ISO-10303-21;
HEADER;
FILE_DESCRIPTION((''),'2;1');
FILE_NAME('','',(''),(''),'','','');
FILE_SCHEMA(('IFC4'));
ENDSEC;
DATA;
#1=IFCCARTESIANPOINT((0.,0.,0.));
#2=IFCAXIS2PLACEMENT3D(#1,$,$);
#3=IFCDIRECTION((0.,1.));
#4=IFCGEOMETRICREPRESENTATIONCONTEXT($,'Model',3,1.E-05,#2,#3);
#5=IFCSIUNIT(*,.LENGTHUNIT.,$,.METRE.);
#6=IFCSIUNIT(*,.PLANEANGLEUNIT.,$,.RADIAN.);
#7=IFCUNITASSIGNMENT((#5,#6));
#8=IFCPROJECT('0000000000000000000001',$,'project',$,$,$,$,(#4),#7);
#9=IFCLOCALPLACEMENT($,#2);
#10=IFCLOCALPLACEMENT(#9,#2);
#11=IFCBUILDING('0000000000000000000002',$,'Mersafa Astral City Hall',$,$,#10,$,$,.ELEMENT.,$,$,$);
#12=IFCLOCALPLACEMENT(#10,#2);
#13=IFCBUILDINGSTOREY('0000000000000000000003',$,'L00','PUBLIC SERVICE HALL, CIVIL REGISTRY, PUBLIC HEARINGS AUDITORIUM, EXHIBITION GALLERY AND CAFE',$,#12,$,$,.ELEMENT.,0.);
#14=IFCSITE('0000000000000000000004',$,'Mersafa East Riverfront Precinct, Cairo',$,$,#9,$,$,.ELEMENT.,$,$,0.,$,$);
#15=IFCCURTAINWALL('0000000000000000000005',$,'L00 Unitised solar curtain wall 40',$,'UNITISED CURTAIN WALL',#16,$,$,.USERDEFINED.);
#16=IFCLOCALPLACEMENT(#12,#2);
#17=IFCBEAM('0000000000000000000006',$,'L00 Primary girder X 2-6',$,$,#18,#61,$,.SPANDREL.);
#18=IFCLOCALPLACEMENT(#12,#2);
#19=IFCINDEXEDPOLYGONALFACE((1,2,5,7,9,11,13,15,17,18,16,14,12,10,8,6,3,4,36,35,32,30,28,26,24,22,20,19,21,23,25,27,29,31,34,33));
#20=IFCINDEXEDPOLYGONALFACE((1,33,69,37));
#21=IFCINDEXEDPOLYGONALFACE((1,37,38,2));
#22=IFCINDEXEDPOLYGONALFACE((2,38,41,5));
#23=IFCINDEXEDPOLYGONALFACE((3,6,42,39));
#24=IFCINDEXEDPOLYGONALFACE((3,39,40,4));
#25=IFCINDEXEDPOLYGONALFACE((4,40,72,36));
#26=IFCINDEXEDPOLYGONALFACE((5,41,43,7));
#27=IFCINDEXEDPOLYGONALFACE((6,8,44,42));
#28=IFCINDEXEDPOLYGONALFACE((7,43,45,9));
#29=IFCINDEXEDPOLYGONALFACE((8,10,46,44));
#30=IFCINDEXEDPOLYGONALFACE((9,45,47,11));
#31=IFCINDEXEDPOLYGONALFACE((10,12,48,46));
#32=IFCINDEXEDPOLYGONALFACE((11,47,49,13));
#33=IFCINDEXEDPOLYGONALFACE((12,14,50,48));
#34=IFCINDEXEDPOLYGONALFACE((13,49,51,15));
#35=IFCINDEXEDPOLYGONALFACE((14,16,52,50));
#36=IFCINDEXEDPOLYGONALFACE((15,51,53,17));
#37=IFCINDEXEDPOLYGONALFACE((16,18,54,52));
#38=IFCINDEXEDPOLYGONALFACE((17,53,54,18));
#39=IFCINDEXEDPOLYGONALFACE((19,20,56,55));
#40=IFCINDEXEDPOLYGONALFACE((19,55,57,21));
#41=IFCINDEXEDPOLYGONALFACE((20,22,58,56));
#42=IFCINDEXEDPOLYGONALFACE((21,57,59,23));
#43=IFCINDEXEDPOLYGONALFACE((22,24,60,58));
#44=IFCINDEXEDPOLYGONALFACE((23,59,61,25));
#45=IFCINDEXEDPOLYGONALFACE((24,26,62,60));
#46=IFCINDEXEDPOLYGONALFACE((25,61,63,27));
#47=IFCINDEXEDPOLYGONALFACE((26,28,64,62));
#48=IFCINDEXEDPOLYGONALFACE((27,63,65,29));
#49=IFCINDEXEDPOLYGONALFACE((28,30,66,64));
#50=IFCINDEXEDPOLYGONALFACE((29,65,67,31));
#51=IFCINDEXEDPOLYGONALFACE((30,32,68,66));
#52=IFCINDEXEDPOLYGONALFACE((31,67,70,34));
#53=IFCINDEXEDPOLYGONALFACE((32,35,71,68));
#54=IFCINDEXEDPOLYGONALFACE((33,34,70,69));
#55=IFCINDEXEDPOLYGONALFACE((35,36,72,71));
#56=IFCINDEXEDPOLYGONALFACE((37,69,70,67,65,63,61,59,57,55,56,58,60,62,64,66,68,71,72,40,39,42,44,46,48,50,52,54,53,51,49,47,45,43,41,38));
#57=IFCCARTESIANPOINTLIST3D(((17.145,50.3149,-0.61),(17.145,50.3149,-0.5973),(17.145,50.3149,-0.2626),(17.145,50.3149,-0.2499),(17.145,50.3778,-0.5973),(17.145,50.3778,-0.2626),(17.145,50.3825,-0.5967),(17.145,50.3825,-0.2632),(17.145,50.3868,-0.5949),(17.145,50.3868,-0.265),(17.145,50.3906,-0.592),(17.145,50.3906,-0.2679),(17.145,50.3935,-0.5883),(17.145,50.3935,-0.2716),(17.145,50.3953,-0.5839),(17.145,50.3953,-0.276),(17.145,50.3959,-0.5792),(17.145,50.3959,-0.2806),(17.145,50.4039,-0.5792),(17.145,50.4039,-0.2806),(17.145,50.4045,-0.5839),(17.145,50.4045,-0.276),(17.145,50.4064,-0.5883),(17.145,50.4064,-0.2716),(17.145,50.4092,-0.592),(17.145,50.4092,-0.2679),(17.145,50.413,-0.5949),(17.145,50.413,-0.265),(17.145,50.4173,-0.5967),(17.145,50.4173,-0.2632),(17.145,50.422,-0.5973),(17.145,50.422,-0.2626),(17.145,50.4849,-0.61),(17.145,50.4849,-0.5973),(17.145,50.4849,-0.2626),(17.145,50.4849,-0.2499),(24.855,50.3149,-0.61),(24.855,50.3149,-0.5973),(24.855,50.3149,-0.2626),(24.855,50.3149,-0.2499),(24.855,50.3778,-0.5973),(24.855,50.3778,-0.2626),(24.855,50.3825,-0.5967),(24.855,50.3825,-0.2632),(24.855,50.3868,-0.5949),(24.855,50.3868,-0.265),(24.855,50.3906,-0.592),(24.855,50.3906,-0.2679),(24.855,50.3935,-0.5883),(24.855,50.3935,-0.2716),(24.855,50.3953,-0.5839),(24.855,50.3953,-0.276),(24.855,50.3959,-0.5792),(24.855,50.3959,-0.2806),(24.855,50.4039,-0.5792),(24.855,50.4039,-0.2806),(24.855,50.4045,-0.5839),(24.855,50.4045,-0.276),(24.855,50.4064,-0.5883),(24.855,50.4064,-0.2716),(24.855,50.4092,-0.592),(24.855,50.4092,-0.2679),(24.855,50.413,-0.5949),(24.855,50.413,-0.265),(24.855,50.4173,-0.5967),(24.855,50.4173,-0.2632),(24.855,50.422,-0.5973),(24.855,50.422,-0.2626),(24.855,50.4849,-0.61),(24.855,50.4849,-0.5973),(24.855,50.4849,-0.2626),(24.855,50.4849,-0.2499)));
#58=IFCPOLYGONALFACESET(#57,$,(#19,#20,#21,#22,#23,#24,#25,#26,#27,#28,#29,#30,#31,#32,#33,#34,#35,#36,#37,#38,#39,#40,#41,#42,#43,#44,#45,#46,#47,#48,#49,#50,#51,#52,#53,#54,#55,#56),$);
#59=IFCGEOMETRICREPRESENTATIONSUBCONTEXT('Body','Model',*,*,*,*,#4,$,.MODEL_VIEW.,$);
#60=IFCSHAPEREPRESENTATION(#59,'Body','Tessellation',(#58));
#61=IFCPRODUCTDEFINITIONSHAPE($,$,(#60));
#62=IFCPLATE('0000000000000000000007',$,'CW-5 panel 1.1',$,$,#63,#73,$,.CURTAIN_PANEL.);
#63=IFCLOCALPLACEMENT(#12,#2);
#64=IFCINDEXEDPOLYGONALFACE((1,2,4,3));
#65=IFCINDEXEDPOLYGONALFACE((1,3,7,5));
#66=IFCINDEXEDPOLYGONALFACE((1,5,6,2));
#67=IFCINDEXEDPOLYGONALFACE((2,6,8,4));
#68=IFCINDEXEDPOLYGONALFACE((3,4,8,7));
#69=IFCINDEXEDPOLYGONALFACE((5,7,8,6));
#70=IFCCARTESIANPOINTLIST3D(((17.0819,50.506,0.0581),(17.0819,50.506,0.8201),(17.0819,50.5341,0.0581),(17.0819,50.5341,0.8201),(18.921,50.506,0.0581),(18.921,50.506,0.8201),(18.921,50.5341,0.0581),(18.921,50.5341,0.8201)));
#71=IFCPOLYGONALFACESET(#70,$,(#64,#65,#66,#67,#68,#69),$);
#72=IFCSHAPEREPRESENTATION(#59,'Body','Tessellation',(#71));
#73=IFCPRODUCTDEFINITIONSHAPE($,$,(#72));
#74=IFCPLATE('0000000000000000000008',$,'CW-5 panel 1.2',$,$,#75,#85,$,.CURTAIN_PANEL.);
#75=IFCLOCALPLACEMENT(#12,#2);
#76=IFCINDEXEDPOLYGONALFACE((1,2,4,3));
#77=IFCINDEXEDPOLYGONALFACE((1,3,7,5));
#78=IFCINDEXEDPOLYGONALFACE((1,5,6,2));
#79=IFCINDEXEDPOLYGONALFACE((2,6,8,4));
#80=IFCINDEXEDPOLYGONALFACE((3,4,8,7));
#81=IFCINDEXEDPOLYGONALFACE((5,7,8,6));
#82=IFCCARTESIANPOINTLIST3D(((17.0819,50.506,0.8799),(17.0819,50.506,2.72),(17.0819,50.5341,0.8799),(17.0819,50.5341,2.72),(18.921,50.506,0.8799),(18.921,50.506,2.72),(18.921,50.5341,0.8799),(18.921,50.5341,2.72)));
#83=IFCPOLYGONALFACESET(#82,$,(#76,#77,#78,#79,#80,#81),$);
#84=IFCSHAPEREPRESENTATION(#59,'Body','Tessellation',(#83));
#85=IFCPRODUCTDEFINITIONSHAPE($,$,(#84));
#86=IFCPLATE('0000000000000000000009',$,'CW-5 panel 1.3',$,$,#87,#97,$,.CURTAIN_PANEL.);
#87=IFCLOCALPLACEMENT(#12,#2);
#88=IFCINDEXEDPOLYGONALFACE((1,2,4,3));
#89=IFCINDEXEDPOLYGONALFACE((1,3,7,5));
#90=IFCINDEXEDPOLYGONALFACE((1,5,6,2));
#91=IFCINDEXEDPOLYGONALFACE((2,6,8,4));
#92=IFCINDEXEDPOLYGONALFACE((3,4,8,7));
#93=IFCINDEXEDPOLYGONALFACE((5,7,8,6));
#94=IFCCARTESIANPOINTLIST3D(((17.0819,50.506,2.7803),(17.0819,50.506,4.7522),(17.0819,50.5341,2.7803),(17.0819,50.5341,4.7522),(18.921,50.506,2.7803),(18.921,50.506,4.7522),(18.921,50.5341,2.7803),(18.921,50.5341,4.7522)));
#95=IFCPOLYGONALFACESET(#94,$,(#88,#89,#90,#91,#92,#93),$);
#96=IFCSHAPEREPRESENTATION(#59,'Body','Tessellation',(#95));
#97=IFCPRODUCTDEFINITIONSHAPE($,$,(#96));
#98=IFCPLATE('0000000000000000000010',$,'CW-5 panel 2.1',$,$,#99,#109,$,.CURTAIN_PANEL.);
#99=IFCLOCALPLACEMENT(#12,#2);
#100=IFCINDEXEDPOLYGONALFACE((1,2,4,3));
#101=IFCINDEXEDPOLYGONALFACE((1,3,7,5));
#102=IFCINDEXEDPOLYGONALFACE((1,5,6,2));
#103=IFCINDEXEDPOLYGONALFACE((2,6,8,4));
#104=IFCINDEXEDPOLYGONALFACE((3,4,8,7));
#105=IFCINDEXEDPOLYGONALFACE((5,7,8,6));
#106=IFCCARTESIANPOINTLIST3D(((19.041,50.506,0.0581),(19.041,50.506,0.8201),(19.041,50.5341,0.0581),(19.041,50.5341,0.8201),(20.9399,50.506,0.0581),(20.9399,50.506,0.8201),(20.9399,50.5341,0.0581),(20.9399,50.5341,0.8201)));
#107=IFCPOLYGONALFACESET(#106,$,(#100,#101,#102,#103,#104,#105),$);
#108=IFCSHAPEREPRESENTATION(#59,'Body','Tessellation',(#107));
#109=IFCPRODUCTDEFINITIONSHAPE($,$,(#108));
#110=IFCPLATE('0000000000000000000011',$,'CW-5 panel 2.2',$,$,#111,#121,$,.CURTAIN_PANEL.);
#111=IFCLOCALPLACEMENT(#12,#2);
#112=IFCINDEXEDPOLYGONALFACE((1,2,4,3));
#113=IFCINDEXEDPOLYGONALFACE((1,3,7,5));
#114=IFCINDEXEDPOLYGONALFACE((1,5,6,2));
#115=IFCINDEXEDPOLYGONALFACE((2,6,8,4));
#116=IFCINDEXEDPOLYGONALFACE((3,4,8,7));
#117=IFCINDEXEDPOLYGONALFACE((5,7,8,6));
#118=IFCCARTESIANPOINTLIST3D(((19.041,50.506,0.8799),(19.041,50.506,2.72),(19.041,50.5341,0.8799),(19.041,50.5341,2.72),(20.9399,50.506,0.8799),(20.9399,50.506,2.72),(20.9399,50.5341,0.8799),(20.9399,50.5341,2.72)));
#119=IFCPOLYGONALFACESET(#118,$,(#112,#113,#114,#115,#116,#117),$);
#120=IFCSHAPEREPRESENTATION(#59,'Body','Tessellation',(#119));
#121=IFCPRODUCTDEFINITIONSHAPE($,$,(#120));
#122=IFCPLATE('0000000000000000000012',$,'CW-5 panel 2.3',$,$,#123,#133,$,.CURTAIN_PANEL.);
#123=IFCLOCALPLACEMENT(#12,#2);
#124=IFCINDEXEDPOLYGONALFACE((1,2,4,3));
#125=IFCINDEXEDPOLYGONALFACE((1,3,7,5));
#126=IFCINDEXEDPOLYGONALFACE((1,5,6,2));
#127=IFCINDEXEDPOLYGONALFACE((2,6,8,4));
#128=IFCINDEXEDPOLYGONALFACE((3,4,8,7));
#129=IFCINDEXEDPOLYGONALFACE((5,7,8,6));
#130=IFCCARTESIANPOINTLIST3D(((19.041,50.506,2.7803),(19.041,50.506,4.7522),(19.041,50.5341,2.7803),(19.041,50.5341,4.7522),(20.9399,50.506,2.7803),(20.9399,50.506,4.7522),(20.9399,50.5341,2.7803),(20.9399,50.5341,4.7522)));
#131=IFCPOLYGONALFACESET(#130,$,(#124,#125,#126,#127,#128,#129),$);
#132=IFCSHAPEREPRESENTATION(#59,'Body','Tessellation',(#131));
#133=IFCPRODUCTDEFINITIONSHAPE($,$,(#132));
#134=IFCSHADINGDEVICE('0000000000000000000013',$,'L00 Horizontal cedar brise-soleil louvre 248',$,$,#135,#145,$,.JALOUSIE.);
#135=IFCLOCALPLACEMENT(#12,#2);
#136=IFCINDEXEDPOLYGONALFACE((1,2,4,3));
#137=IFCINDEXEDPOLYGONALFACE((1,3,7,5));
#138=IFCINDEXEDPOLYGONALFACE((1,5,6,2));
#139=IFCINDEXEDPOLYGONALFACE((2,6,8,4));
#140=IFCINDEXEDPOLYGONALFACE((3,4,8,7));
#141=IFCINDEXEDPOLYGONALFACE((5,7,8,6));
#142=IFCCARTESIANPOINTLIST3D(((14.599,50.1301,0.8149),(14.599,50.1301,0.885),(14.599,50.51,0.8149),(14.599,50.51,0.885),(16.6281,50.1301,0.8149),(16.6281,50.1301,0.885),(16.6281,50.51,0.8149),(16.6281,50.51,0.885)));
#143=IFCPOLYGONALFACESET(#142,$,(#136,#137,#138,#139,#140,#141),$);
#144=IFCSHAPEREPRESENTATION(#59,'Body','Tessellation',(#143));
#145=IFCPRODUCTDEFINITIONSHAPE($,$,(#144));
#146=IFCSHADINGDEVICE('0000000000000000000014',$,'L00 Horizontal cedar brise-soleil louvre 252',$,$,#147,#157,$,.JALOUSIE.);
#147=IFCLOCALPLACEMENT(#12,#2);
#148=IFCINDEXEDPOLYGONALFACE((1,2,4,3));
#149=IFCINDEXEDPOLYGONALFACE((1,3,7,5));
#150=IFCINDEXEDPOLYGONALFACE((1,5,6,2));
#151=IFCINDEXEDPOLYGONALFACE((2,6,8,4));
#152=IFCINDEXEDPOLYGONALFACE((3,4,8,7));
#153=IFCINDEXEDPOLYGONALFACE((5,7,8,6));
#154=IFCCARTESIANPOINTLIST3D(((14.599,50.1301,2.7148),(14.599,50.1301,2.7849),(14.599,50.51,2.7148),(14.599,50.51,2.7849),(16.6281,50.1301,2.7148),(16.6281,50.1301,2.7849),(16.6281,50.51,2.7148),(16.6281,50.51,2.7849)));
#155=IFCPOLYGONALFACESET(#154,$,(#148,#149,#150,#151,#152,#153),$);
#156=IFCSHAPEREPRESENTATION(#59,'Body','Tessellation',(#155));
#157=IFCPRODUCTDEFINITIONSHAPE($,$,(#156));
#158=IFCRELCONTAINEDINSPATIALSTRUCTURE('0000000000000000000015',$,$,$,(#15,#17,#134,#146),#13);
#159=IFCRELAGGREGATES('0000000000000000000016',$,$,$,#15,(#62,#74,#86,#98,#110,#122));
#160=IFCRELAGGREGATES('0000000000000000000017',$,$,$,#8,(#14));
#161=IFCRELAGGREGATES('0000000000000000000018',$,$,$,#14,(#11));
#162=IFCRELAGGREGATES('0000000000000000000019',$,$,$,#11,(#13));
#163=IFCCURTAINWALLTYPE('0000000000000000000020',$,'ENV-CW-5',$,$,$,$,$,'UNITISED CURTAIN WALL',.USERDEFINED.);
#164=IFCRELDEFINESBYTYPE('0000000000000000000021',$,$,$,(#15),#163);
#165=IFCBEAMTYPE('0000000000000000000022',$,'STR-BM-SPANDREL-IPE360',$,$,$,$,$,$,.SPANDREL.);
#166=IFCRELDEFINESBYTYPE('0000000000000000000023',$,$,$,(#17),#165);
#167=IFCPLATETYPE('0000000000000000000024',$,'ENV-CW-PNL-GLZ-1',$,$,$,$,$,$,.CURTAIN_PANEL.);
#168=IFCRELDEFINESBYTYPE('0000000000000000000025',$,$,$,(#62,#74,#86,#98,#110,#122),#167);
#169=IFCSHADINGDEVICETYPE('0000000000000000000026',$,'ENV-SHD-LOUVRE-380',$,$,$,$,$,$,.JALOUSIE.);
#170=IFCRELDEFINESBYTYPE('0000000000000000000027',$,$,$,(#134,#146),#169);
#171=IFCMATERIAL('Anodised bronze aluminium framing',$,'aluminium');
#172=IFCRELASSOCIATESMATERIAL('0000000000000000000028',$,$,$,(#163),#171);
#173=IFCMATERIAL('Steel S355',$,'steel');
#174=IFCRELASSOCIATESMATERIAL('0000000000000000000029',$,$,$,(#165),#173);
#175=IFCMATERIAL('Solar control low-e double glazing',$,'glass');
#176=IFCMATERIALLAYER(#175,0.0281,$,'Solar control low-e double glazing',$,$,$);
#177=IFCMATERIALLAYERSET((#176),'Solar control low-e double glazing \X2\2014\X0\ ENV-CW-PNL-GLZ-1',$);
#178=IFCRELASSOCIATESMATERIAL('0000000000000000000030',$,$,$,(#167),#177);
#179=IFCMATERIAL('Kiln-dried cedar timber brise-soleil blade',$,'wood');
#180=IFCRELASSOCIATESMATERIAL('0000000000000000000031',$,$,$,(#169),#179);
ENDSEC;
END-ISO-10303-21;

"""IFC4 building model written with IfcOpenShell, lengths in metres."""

from ifc_helpers import new_model, si_unit, direction, frame, origin, origin_2d, place, context, subcontext, project, spatial, rectangle, i_section, extrude, material, layer, layer_set, material_profile, profile_set, type_object, element, aggregate, save


model = new_model("IFC4")

# Units and contexts
model_context = context("Model", 3, precision=1e-05, world=origin(), true_north=direction((0.0, 1.0)))
body_context = subcontext(model_context, "Body", "Model", "MODEL_VIEW")
ifc_project = project(units=[si_unit("LENGTHUNIT", "METRE"), si_unit("PLANEANGLEUNIT", "RADIAN")], contexts=[model_context])

# Site, building, storey
site_placement = place(None, origin())
site = spatial("IfcSite", under=ifc_project, at=site_placement, Name="Mersafa East Riverfront Precinct, Cairo", CompositionType="ELEMENT", RefElevation=0.0)
building_placement = place(site_placement, origin())
building = spatial("IfcBuilding", under=site, at=building_placement, Name="Mersafa Astral City Hall", CompositionType="ELEMENT")
storey_placement = place(building_placement, origin())
storey = spatial("IfcBuildingStorey", under=building, at=storey_placement, Name="L00", Description="PUBLIC SERVICE HALL, CIVIL REGISTRY, PUBLIC HEARINGS AUDITORIUM, EXHIBITION GALLERY AND CAFE", CompositionType="ELEMENT", Elevation=0.0)

# Shared definitions
ifc_material_1 = material(Name="Steel S355", Category="steel")

# Shared definitions
ifc_material_2 = material(Name="Anodised bronze aluminium framing", Category="aluminium")

# Curtain wall
curtain_wall_type_1 = type_object("IfcCurtainWallType", Name="ENV-CW-5", ElementType="UNITISED CURTAIN WALL", PredefinedType="USERDEFINED", material=ifc_material_2)
curtain_wall_1_placement = place(storey_placement, origin())
curtain_wall_1 = element("IfcCurtainWall", 1, at=curtain_wall_1_placement, inside=storey, type_object=curtain_wall_type_1, Name="L00 Unitised solar curtain wall 40", ObjectType="UNITISED CURTAIN WALL", PredefinedType="USERDEFINED")

# Beam
ifc_material_profile_1 = material_profile(ifc_material_1, i_section(OverallWidth=0.1699, OverallDepth=0.3601, WebThickness=0.0081, FlangeThickness=0.0127, FilletRadius=0.0181, at=origin_2d()), Name="IPE 360")
ifc_profile_set_1 = profile_set([ifc_material_profile_1], Name="Steel S355")
beam_type_1 = type_object("IfcBeamType", Name="STR-BM-SPANDREL-IPE360", PredefinedType="SPANDREL", material=ifc_profile_set_1)
beam_placement = place(storey_placement, frame((17.145, 50.3999, -0.4299), z_axis=(1.0, 0.0, 0.0), x_axis=(0.0, 1.0, 0.0)))
element("IfcBeam", 2, at=beam_placement, inside=storey, type_object=beam_type_1, Name="L00 Primary girder X 2-6", PredefinedType="SPANDREL", context=body_context, shape_type="SweptSolid", body=[
    extrude(i_section(OverallWidth=0.1699, OverallDepth=0.3601, WebThickness=0.0081, FlangeThickness=0.0127, FilletRadius=0.0181, at=origin_2d()), origin(), (0.0, 0.0, 1.0), 7.71),
])

# Plates
ifc_material_3 = material(Name="Solar control low-e double glazing", Category="glass")
ifc_layer = layer(ifc_material_3, 0.0281, Name="Solar control low-e double glazing")
ifc_layer_set = layer_set([ifc_layer], Name="Solar control low-e double glazing — ENV-CW-PNL-GLZ-1")
plate_type = type_object("IfcPlateType", Name="ENV-CW-PNL-GLZ-1", PredefinedType="CURTAIN_PANEL", material=ifc_layer_set)
plate_1_placement = place(storey_placement, frame((18.0015, 50.52, 0.0581), z_axis=(0.0, 0.0, 1.0), x_axis=(1.0, 0.0, 0.0)))
plate_1 = element("IfcPlate", 3, at=plate_1_placement, type_object=plate_type, Name="CW-5 panel 1.1", PredefinedType="CURTAIN_PANEL", context=body_context, shape_type="SweptSolid", body=[
    extrude(rectangle(XDim=1.8391, YDim=0.0281, at=origin_2d()), origin(), (0.0, 0.0, 1.0), 0.762),
])
plate_2_placement = place(storey_placement, frame((18.0015, 50.52, 0.8799), z_axis=(0.0, 0.0, 1.0), x_axis=(1.0, 0.0, 0.0)))
plate_2 = element("IfcPlate", 4, at=plate_2_placement, type_object=plate_type, Name="CW-5 panel 1.2", PredefinedType="CURTAIN_PANEL", context=body_context, shape_type="SweptSolid", body=[
    extrude(rectangle(XDim=1.8391, YDim=0.0281, at=origin_2d()), origin(), (0.0, 0.0, 1.0), 1.8401),
])
plate_3_placement = place(storey_placement, frame((18.0015, 50.52, 2.7803), z_axis=(0.0, 0.0, 1.0), x_axis=(1.0, 0.0, 0.0)))
plate_3 = element("IfcPlate", 5, at=plate_3_placement, type_object=plate_type, Name="CW-5 panel 1.3", PredefinedType="CURTAIN_PANEL", context=body_context, shape_type="SweptSolid", body=[
    extrude(rectangle(XDim=1.8391, YDim=0.0281, at=origin_2d()), origin(), (0.0, 0.0, 1.0), 1.9719),
])
plate_4_placement = place(storey_placement, frame((19.9905, 50.52, 0.0581), z_axis=(0.0, 0.0, 1.0), x_axis=(1.0, 0.0, 0.0)))
plate_4 = element("IfcPlate", 6, at=plate_4_placement, type_object=plate_type, Name="CW-5 panel 2.1", PredefinedType="CURTAIN_PANEL", context=body_context, shape_type="SweptSolid", body=[
    extrude(rectangle(XDim=1.8989, YDim=0.0281, at=origin_2d()), origin(), (0.0, 0.0, 1.0), 0.762),
])
plate_5_placement = place(storey_placement, frame((19.9905, 50.52, 0.8799), z_axis=(0.0, 0.0, 1.0), x_axis=(1.0, 0.0, 0.0)))
plate_5 = element("IfcPlate", 7, at=plate_5_placement, type_object=plate_type, Name="CW-5 panel 2.2", PredefinedType="CURTAIN_PANEL", context=body_context, shape_type="SweptSolid", body=[
    extrude(rectangle(XDim=1.8989, YDim=0.0281, at=origin_2d()), origin(), (0.0, 0.0, 1.0), 1.8401),
])
plate_6_placement = place(storey_placement, frame((19.9905, 50.52, 2.7803), z_axis=(0.0, 0.0, 1.0), x_axis=(1.0, 0.0, 0.0)))
plate_6 = element("IfcPlate", 8, at=plate_6_placement, type_object=plate_type, Name="CW-5 panel 2.3", PredefinedType="CURTAIN_PANEL", context=body_context, shape_type="SweptSolid", body=[
    extrude(rectangle(XDim=1.8989, YDim=0.0281, at=origin_2d()), origin(), (0.0, 0.0, 1.0), 1.9719),
])
aggregate(curtain_wall_1, [plate_1, plate_2, plate_3, plate_4, plate_5, plate_6])

# Shading devices
ifc_material_4 = material(Name="Kiln-dried cedar timber brise-soleil blade", Category="wood")
shading_device_type = type_object("IfcShadingDeviceType", Name="ENV-SHD-LOUVRE-380", PredefinedType="JALOUSIE", material=ifc_material_4)
for number, where, z_axis, x_axis, name in (
    (9, (15.6135, 50.3201, 0.8149), (0.0, 0.0, 1.0), (1.0, 0.0, 0.0), "L00 Horizontal cedar brise-soleil louvre 248"),
    (10, (15.6135, 50.3201, 2.7148), (0.0, 0.0, 1.0), (1.0, 0.0, 0.0), "L00 Horizontal cedar brise-soleil louvre 252"),
):
    element("IfcShadingDevice", number, at=place(storey_placement, frame(where, z_axis=z_axis, x_axis=x_axis)), inside=storey, type_object=shading_device_type, Name=name, PredefinedType="JALOUSIE", context=body_context, shape_type="SweptSolid", body=[
        extrude(rectangle(XDim=2.0291, YDim=0.3799, at=origin_2d()), origin(), (0.0, 0.0, 1.0), 0.0701),
    ])

save(model, "model.ifc")
